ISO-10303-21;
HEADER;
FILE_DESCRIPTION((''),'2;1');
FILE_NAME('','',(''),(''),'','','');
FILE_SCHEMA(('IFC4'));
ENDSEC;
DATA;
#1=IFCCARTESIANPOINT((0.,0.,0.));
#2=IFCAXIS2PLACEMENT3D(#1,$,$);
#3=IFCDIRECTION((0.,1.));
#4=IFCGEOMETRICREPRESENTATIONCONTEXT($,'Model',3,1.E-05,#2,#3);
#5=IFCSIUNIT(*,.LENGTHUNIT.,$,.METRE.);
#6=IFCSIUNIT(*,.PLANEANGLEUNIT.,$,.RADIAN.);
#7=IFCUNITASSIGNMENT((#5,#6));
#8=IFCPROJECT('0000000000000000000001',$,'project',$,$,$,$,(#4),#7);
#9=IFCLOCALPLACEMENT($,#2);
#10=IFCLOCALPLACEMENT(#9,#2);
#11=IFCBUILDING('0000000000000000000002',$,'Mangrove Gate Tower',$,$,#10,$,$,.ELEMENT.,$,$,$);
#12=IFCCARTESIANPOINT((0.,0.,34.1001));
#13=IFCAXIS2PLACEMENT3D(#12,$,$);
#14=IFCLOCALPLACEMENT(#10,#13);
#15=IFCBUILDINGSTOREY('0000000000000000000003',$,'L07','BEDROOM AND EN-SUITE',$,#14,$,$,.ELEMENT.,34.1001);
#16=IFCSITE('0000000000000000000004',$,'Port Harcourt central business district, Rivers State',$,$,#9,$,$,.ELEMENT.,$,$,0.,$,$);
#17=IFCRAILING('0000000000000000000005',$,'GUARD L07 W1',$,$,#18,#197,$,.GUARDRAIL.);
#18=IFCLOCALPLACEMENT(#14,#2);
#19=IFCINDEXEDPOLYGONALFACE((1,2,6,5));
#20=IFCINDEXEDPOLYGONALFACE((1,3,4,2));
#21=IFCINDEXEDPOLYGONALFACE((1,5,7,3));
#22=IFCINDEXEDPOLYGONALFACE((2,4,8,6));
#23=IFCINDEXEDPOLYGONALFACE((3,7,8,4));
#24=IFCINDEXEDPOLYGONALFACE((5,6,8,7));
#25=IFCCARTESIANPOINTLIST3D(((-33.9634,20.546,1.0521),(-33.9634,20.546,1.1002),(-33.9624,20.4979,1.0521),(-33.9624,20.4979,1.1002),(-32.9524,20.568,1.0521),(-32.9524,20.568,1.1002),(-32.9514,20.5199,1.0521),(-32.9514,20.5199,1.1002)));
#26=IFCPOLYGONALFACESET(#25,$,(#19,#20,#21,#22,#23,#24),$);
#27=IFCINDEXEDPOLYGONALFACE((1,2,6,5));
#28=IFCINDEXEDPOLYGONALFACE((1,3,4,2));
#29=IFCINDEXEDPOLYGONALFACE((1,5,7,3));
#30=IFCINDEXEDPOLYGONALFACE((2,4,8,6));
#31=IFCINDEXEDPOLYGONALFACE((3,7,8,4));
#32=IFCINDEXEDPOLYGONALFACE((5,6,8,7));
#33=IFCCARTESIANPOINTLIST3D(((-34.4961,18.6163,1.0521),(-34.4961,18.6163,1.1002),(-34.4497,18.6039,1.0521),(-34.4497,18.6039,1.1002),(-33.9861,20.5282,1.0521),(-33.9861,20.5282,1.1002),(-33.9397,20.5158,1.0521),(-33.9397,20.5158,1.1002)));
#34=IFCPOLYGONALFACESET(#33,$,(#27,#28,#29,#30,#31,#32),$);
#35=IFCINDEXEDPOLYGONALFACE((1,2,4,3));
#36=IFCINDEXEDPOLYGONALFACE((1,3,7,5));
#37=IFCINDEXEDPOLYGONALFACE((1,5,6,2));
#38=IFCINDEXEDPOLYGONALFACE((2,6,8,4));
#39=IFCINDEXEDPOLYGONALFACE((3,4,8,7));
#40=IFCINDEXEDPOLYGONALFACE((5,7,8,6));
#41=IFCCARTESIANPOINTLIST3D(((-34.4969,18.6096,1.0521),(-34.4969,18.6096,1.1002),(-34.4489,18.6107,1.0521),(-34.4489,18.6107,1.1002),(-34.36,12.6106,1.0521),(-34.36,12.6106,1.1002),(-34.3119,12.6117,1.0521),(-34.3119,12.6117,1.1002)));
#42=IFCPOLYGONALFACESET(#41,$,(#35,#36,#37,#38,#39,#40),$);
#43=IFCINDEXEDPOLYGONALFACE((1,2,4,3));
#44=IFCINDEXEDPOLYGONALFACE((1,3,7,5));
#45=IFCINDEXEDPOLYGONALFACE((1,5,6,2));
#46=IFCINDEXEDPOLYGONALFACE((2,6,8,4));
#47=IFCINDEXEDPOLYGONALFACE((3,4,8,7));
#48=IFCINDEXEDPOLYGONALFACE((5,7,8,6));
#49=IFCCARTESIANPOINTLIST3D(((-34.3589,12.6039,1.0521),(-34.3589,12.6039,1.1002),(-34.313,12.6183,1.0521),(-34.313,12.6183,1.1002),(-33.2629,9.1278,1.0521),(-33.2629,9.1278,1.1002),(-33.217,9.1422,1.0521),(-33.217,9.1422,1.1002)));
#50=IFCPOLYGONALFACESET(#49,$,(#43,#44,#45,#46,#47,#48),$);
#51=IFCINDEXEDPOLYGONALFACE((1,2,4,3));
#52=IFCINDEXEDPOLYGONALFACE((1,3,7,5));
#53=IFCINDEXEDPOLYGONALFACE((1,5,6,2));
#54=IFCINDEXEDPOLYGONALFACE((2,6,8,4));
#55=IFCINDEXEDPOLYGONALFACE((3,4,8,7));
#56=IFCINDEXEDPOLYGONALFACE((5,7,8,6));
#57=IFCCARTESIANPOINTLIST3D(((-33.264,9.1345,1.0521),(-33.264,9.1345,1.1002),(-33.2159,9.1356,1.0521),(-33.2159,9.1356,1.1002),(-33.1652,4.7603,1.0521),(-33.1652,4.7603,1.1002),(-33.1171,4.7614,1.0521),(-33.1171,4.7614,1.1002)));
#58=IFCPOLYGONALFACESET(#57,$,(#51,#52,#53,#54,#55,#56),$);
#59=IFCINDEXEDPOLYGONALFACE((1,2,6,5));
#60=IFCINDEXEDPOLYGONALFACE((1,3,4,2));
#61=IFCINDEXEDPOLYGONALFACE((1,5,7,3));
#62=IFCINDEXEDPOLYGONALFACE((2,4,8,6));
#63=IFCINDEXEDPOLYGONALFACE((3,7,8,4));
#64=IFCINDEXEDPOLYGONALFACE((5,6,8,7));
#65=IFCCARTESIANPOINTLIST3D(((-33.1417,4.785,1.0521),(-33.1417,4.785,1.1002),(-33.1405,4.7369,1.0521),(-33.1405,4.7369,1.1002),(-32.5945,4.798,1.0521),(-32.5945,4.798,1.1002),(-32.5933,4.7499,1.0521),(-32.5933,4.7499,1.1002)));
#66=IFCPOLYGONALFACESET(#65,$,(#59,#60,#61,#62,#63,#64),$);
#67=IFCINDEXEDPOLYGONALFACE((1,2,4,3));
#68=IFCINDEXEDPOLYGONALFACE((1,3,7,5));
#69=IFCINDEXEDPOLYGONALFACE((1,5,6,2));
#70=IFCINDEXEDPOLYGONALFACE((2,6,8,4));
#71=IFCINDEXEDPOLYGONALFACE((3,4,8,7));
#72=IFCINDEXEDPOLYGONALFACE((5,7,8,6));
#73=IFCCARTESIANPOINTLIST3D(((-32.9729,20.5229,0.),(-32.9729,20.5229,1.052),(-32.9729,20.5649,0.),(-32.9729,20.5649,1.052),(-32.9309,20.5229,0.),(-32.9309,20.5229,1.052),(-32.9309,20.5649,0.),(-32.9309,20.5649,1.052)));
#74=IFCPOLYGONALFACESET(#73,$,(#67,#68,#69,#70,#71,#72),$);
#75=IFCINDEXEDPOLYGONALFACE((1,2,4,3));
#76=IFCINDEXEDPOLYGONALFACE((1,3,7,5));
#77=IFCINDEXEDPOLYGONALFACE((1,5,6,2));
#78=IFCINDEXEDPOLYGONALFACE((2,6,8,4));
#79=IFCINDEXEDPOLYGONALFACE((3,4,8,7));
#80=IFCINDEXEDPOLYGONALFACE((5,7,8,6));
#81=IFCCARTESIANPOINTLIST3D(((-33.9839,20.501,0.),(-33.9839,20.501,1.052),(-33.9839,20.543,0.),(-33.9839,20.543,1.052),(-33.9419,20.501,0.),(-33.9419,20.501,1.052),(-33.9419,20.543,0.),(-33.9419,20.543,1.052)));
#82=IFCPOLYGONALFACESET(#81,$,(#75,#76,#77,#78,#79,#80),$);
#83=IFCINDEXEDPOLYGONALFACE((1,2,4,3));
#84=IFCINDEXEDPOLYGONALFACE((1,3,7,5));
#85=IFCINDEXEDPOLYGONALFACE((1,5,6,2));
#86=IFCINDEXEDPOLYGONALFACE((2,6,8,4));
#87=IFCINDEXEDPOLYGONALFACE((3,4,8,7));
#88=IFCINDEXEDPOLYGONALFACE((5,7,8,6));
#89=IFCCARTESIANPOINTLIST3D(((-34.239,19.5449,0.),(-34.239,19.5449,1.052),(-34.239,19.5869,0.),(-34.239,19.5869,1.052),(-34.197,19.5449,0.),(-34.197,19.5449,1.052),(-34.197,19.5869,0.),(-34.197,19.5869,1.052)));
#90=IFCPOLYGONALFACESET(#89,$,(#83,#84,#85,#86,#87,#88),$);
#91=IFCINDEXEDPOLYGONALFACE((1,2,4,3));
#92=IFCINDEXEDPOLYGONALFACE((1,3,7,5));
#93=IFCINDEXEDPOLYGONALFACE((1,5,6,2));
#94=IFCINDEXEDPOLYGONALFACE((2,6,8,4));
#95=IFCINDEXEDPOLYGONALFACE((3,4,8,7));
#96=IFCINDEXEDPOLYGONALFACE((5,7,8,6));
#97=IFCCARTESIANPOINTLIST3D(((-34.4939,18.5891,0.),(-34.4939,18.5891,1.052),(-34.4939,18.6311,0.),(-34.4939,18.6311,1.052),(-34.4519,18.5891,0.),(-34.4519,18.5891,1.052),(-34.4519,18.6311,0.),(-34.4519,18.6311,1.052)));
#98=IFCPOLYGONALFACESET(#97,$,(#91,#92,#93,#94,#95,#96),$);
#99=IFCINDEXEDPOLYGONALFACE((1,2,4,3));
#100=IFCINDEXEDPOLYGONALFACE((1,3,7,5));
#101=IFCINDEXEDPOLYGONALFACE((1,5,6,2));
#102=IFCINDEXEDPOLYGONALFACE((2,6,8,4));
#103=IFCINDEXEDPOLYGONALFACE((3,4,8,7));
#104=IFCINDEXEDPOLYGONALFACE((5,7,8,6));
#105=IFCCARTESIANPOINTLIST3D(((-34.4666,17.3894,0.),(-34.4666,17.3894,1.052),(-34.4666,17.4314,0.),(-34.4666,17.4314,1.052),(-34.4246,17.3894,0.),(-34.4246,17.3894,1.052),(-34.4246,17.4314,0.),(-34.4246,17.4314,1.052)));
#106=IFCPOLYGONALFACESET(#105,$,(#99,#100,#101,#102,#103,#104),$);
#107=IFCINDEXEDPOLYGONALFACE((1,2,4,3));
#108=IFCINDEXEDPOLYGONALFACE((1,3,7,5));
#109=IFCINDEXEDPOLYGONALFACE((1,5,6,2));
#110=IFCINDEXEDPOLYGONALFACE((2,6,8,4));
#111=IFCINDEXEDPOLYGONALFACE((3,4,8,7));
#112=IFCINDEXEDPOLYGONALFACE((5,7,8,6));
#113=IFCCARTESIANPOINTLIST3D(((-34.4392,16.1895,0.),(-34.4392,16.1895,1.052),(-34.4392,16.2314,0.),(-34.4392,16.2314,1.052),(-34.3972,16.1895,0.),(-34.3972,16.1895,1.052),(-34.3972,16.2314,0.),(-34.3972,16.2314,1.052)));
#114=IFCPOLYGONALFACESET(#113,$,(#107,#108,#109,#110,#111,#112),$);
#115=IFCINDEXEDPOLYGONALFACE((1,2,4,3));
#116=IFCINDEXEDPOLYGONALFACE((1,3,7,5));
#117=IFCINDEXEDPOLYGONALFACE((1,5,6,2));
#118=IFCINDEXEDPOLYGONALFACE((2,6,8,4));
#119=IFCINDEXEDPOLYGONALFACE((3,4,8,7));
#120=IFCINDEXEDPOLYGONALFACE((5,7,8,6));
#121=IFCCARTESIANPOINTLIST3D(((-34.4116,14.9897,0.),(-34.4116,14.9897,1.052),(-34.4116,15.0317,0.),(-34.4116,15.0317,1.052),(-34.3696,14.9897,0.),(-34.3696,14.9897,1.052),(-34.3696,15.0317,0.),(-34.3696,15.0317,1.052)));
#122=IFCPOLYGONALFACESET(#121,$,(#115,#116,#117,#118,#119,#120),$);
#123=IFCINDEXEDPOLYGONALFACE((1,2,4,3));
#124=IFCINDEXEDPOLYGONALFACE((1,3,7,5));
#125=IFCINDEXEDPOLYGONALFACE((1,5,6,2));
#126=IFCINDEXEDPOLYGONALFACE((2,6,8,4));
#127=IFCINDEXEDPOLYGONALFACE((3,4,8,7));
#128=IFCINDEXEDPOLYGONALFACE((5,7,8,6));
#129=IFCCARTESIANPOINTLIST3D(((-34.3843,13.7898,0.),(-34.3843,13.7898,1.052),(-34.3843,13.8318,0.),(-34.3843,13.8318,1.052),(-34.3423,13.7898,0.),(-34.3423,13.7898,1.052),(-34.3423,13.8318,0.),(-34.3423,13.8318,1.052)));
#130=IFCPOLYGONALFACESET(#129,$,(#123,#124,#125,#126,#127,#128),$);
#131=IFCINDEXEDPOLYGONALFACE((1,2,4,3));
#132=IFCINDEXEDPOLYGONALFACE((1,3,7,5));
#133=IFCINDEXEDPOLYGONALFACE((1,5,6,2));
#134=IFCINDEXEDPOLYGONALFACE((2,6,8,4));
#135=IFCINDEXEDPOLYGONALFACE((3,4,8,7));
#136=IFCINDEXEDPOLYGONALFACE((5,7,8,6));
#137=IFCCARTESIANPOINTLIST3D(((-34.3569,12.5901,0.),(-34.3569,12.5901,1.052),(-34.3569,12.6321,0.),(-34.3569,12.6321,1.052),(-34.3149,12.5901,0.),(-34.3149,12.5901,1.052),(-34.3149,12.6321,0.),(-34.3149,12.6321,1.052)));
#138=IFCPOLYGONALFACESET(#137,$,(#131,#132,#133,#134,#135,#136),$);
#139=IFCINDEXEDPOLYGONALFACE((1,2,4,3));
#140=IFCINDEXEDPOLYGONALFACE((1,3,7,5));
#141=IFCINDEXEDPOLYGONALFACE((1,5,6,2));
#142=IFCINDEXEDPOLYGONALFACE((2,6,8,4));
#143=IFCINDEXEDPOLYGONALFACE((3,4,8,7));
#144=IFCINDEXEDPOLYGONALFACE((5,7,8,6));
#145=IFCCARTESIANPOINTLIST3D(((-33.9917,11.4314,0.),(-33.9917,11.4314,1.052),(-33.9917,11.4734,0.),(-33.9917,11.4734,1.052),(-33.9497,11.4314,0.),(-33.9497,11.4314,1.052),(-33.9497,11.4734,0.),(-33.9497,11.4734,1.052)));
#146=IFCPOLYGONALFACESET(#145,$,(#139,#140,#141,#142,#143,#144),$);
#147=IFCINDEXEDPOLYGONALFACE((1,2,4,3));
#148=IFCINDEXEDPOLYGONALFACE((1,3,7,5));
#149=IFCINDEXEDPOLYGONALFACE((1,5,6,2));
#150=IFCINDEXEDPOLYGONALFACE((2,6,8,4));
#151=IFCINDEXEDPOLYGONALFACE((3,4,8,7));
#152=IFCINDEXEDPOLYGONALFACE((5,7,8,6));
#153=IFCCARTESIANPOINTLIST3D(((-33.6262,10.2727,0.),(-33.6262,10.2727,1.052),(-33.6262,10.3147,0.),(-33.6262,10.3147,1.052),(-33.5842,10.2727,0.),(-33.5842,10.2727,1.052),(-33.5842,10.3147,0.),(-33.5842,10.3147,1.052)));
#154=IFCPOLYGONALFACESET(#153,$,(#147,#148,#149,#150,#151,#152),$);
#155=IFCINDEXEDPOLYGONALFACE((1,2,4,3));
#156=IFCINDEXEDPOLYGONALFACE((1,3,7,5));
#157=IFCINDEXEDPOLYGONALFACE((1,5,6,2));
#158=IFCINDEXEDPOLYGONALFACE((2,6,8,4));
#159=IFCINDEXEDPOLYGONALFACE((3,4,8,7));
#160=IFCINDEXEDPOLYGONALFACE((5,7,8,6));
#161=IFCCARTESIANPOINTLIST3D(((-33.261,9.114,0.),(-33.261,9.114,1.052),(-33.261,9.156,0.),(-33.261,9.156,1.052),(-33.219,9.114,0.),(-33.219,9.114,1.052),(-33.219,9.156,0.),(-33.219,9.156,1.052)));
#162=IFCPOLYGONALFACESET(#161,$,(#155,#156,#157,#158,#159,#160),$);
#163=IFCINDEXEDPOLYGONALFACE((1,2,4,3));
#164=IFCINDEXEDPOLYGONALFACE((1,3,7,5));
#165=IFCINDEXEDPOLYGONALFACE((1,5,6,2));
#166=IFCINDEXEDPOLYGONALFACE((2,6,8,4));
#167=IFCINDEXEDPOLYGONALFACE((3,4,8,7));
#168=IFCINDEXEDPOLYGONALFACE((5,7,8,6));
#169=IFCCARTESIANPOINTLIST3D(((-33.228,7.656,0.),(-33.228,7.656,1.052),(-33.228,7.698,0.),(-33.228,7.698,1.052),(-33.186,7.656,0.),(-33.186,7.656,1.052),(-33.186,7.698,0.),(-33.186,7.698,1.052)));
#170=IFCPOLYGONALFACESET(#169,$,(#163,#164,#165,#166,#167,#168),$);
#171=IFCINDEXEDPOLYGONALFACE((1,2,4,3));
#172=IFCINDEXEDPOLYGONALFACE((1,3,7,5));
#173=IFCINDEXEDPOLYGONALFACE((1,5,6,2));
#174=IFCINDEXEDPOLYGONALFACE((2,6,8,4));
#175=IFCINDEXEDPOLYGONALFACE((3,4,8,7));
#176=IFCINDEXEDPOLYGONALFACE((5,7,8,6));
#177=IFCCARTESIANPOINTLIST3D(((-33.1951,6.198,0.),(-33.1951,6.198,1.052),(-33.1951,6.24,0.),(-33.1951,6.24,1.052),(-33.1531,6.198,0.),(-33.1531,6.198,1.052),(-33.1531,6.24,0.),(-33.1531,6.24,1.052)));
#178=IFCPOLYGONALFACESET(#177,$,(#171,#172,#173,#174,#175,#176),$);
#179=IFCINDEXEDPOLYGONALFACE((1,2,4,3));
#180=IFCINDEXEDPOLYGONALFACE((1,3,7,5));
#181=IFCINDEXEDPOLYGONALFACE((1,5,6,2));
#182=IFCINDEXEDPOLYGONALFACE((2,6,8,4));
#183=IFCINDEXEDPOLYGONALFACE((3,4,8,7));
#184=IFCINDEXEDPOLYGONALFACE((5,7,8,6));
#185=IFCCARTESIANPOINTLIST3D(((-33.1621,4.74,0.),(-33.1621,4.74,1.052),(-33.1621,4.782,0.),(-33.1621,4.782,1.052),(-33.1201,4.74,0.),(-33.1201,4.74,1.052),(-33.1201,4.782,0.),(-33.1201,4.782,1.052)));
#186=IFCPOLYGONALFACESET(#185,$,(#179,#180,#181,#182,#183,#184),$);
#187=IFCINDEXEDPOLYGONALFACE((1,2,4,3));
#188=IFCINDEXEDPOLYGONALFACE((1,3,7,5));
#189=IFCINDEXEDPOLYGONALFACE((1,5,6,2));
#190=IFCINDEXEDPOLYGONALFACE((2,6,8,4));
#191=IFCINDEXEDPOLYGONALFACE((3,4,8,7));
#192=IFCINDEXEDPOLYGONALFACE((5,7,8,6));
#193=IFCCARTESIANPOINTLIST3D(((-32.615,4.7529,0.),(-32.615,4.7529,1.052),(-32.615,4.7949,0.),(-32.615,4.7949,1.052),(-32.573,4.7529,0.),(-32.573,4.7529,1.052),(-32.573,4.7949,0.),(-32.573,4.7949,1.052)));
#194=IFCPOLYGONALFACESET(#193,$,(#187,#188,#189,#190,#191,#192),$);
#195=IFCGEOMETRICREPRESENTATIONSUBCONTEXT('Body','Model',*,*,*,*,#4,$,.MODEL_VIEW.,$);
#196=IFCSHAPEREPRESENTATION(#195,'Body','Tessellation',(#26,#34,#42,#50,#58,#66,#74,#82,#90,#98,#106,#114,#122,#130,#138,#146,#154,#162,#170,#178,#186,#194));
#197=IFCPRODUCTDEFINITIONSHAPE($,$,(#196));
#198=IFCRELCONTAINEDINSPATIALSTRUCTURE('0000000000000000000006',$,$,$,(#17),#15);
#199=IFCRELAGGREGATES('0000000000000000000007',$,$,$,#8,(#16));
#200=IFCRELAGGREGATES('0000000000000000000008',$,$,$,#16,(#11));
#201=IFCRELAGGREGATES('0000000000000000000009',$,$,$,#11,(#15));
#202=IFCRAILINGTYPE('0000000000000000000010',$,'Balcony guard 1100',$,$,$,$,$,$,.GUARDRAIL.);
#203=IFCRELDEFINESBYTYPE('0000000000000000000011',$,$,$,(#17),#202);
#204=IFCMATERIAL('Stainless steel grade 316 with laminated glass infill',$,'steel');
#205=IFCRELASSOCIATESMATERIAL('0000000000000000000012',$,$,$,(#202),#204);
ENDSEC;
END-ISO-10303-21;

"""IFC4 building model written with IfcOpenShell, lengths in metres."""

from ifc_helpers import new_model, si_unit, direction, frame, origin, origin_2d, place, context, subcontext, project, spatial, rectangle, extrude, material, type_object, element, save


model = new_model("IFC4")

# Units and contexts
model_context = context("Model", 3, precision=1e-05, world=origin(), true_north=direction((0.0, 1.0)))
body_context = subcontext(model_context, "Body", "Model", "MODEL_VIEW")
ifc_project = project(units=[si_unit("LENGTHUNIT", "METRE"), si_unit("PLANEANGLEUNIT", "RADIAN")], contexts=[model_context])

# Site, building, storey
site_placement = place(None, origin())
site = spatial("IfcSite", under=ifc_project, at=site_placement, Name="Port Harcourt central business district, Rivers State", CompositionType="ELEMENT", RefElevation=0.0)
building_placement = place(site_placement, origin())
building = spatial("IfcBuilding", under=site, at=building_placement, Name="Mangrove Gate Tower", CompositionType="ELEMENT")
storey_placement = place(building_placement, frame((0.0, 0.0, 34.1001)))
storey = spatial("IfcBuildingStorey", under=building, at=storey_placement, Name="L07", Description="BEDROOM AND EN-SUITE", CompositionType="ELEMENT", Elevation=34.1001)

# Railing
ifc_material_1 = material(Name="Stainless steel grade 316 with laminated glass infill", Category="steel")
railing_type = type_object("IfcRailingType", Name="Balcony guard 1100", PredefinedType="GUARDRAIL", material=ifc_material_1)
railing_placement = place(storey_placement, frame((-32.9519, 20.5439, 0.0)))
element("IfcRailing", 1, at=railing_placement, inside=storey, type_object=railing_type, Name="GUARD L07 W1", PredefinedType="GUARDRAIL", context=body_context, shape_type="SweptSolid", body=[
    extrude(rectangle(XDim=0.0481, YDim=0.0481, at=origin_2d()), frame((0.0, 0.0, 1.0762), z_axis=(-0.999764, -0.021729, 0.0), x_axis=(0.021729, -0.999764, 0.0)), (0.0, 0.0, 1.0), 1.0112),
    extrude(rectangle(XDim=0.0481, YDim=0.0481, at=origin_2d()), frame((-1.011, -0.022, 1.0762), z_axis=(-0.257747, -0.966212, 0.0), x_axis=(0.966212, -0.257747, 0.0)), (0.0, 0.0, 1.0), 1.9788),
    extrude(rectangle(XDim=0.0481, YDim=0.0481, at=origin_2d()), frame((-1.521, -1.9338, 1.0762), z_axis=(0.022825, -0.999739, 0.0), x_axis=(0.999739, 0.022825, 0.0)), (0.0, 0.0, 1.0), 6.0005),
    extrude(rectangle(XDim=0.0481, YDim=0.0481, at=origin_2d()), frame((-1.384, -7.9329, 1.0762), z_axis=(0.300692, -0.953721, 0.0), x_axis=(0.953721, 0.300692, 0.0)), (0.0, 0.0, 1.0), 3.6448),
    extrude(rectangle(XDim=0.0481, YDim=0.0481, at=origin_2d()), frame((-0.2881, -11.4089, 1.0762), z_axis=(0.0226, -0.999745, 0.0), x_axis=(0.999745, 0.0226, 0.0)), (0.0, 0.0, 1.0), 4.3752),
    extrude(rectangle(XDim=0.0481, YDim=0.0481, at=origin_2d()), frame((-0.1892, -15.783, 1.0762), z_axis=(0.99972, 0.023644, 0.0), x_axis=(-0.023644, 0.99972, 0.0)), (0.0, 0.0, 1.0), 0.5474),
    extrude(rectangle(XDim=0.042, YDim=0.042, at=origin_2d()), origin(), (0.0, 0.0, 1.0), 1.052),
    extrude(rectangle(XDim=0.042, YDim=0.042, at=origin_2d()), frame((-1.011, -0.022, 0.0)), (0.0, 0.0, 1.0), 1.052),
    extrude(rectangle(XDim=0.042, YDim=0.042, at=origin_2d()), frame((-1.2661, -0.978, 0.0)), (0.0, 0.0, 1.0), 1.052),
    extrude(rectangle(XDim=0.042, YDim=0.042, at=origin_2d()), frame((-1.521, -1.9338, 0.0)), (0.0, 0.0, 1.0), 1.052),
    extrude(rectangle(XDim=0.042, YDim=0.042, at=origin_2d()), frame((-1.4937, -3.1335, 0.0)), (0.0, 0.0, 1.0), 1.052),
    extrude(rectangle(XDim=0.042, YDim=0.042, at=origin_2d()), frame((-1.4663, -4.3335, 0.0)), (0.0, 0.0, 1.0), 1.052),
    extrude(rectangle(XDim=0.042, YDim=0.042, at=origin_2d()), frame((-1.4387, -5.5332, 0.0)), (0.0, 0.0, 1.0), 1.052),
    extrude(rectangle(XDim=0.042, YDim=0.042, at=origin_2d()), frame((-1.4114, -6.7332, 0.0)), (0.0, 0.0, 1.0), 1.052),
    extrude(rectangle(XDim=0.042, YDim=0.042, at=origin_2d()), frame((-1.384, -7.9329, 0.0)), (0.0, 0.0, 1.0), 1.052),
    extrude(rectangle(XDim=0.042, YDim=0.042, at=origin_2d()), frame((-1.0188, -9.0916, 0.0)), (0.0, 0.0, 1.0), 1.052),
    extrude(rectangle(XDim=0.042, YDim=0.042, at=origin_2d()), frame((-0.6533, -10.2502, 0.0)), (0.0, 0.0, 1.0), 1.052),
    extrude(rectangle(XDim=0.042, YDim=0.042, at=origin_2d()), frame((-0.2881, -11.4089, 0.0)), (0.0, 0.0, 1.0), 1.052),
    extrude(rectangle(XDim=0.042, YDim=0.042, at=origin_2d()), frame((-0.2551, -12.8669, 0.0)), (0.0, 0.0, 1.0), 1.052),
    extrude(rectangle(XDim=0.042, YDim=0.042, at=origin_2d()), frame((-0.2222, -14.325, 0.0)), (0.0, 0.0, 1.0), 1.052),
    extrude(rectangle(XDim=0.042, YDim=0.042, at=origin_2d()), frame((-0.1892, -15.783, 0.0)), (0.0, 0.0, 1.0), 1.052),
    extrude(rectangle(XDim=0.042, YDim=0.042, at=origin_2d()), frame((0.3579, -15.77, 0.0)), (0.0, 0.0, 1.0), 1.052),
])

save(model, "model.ifc")
